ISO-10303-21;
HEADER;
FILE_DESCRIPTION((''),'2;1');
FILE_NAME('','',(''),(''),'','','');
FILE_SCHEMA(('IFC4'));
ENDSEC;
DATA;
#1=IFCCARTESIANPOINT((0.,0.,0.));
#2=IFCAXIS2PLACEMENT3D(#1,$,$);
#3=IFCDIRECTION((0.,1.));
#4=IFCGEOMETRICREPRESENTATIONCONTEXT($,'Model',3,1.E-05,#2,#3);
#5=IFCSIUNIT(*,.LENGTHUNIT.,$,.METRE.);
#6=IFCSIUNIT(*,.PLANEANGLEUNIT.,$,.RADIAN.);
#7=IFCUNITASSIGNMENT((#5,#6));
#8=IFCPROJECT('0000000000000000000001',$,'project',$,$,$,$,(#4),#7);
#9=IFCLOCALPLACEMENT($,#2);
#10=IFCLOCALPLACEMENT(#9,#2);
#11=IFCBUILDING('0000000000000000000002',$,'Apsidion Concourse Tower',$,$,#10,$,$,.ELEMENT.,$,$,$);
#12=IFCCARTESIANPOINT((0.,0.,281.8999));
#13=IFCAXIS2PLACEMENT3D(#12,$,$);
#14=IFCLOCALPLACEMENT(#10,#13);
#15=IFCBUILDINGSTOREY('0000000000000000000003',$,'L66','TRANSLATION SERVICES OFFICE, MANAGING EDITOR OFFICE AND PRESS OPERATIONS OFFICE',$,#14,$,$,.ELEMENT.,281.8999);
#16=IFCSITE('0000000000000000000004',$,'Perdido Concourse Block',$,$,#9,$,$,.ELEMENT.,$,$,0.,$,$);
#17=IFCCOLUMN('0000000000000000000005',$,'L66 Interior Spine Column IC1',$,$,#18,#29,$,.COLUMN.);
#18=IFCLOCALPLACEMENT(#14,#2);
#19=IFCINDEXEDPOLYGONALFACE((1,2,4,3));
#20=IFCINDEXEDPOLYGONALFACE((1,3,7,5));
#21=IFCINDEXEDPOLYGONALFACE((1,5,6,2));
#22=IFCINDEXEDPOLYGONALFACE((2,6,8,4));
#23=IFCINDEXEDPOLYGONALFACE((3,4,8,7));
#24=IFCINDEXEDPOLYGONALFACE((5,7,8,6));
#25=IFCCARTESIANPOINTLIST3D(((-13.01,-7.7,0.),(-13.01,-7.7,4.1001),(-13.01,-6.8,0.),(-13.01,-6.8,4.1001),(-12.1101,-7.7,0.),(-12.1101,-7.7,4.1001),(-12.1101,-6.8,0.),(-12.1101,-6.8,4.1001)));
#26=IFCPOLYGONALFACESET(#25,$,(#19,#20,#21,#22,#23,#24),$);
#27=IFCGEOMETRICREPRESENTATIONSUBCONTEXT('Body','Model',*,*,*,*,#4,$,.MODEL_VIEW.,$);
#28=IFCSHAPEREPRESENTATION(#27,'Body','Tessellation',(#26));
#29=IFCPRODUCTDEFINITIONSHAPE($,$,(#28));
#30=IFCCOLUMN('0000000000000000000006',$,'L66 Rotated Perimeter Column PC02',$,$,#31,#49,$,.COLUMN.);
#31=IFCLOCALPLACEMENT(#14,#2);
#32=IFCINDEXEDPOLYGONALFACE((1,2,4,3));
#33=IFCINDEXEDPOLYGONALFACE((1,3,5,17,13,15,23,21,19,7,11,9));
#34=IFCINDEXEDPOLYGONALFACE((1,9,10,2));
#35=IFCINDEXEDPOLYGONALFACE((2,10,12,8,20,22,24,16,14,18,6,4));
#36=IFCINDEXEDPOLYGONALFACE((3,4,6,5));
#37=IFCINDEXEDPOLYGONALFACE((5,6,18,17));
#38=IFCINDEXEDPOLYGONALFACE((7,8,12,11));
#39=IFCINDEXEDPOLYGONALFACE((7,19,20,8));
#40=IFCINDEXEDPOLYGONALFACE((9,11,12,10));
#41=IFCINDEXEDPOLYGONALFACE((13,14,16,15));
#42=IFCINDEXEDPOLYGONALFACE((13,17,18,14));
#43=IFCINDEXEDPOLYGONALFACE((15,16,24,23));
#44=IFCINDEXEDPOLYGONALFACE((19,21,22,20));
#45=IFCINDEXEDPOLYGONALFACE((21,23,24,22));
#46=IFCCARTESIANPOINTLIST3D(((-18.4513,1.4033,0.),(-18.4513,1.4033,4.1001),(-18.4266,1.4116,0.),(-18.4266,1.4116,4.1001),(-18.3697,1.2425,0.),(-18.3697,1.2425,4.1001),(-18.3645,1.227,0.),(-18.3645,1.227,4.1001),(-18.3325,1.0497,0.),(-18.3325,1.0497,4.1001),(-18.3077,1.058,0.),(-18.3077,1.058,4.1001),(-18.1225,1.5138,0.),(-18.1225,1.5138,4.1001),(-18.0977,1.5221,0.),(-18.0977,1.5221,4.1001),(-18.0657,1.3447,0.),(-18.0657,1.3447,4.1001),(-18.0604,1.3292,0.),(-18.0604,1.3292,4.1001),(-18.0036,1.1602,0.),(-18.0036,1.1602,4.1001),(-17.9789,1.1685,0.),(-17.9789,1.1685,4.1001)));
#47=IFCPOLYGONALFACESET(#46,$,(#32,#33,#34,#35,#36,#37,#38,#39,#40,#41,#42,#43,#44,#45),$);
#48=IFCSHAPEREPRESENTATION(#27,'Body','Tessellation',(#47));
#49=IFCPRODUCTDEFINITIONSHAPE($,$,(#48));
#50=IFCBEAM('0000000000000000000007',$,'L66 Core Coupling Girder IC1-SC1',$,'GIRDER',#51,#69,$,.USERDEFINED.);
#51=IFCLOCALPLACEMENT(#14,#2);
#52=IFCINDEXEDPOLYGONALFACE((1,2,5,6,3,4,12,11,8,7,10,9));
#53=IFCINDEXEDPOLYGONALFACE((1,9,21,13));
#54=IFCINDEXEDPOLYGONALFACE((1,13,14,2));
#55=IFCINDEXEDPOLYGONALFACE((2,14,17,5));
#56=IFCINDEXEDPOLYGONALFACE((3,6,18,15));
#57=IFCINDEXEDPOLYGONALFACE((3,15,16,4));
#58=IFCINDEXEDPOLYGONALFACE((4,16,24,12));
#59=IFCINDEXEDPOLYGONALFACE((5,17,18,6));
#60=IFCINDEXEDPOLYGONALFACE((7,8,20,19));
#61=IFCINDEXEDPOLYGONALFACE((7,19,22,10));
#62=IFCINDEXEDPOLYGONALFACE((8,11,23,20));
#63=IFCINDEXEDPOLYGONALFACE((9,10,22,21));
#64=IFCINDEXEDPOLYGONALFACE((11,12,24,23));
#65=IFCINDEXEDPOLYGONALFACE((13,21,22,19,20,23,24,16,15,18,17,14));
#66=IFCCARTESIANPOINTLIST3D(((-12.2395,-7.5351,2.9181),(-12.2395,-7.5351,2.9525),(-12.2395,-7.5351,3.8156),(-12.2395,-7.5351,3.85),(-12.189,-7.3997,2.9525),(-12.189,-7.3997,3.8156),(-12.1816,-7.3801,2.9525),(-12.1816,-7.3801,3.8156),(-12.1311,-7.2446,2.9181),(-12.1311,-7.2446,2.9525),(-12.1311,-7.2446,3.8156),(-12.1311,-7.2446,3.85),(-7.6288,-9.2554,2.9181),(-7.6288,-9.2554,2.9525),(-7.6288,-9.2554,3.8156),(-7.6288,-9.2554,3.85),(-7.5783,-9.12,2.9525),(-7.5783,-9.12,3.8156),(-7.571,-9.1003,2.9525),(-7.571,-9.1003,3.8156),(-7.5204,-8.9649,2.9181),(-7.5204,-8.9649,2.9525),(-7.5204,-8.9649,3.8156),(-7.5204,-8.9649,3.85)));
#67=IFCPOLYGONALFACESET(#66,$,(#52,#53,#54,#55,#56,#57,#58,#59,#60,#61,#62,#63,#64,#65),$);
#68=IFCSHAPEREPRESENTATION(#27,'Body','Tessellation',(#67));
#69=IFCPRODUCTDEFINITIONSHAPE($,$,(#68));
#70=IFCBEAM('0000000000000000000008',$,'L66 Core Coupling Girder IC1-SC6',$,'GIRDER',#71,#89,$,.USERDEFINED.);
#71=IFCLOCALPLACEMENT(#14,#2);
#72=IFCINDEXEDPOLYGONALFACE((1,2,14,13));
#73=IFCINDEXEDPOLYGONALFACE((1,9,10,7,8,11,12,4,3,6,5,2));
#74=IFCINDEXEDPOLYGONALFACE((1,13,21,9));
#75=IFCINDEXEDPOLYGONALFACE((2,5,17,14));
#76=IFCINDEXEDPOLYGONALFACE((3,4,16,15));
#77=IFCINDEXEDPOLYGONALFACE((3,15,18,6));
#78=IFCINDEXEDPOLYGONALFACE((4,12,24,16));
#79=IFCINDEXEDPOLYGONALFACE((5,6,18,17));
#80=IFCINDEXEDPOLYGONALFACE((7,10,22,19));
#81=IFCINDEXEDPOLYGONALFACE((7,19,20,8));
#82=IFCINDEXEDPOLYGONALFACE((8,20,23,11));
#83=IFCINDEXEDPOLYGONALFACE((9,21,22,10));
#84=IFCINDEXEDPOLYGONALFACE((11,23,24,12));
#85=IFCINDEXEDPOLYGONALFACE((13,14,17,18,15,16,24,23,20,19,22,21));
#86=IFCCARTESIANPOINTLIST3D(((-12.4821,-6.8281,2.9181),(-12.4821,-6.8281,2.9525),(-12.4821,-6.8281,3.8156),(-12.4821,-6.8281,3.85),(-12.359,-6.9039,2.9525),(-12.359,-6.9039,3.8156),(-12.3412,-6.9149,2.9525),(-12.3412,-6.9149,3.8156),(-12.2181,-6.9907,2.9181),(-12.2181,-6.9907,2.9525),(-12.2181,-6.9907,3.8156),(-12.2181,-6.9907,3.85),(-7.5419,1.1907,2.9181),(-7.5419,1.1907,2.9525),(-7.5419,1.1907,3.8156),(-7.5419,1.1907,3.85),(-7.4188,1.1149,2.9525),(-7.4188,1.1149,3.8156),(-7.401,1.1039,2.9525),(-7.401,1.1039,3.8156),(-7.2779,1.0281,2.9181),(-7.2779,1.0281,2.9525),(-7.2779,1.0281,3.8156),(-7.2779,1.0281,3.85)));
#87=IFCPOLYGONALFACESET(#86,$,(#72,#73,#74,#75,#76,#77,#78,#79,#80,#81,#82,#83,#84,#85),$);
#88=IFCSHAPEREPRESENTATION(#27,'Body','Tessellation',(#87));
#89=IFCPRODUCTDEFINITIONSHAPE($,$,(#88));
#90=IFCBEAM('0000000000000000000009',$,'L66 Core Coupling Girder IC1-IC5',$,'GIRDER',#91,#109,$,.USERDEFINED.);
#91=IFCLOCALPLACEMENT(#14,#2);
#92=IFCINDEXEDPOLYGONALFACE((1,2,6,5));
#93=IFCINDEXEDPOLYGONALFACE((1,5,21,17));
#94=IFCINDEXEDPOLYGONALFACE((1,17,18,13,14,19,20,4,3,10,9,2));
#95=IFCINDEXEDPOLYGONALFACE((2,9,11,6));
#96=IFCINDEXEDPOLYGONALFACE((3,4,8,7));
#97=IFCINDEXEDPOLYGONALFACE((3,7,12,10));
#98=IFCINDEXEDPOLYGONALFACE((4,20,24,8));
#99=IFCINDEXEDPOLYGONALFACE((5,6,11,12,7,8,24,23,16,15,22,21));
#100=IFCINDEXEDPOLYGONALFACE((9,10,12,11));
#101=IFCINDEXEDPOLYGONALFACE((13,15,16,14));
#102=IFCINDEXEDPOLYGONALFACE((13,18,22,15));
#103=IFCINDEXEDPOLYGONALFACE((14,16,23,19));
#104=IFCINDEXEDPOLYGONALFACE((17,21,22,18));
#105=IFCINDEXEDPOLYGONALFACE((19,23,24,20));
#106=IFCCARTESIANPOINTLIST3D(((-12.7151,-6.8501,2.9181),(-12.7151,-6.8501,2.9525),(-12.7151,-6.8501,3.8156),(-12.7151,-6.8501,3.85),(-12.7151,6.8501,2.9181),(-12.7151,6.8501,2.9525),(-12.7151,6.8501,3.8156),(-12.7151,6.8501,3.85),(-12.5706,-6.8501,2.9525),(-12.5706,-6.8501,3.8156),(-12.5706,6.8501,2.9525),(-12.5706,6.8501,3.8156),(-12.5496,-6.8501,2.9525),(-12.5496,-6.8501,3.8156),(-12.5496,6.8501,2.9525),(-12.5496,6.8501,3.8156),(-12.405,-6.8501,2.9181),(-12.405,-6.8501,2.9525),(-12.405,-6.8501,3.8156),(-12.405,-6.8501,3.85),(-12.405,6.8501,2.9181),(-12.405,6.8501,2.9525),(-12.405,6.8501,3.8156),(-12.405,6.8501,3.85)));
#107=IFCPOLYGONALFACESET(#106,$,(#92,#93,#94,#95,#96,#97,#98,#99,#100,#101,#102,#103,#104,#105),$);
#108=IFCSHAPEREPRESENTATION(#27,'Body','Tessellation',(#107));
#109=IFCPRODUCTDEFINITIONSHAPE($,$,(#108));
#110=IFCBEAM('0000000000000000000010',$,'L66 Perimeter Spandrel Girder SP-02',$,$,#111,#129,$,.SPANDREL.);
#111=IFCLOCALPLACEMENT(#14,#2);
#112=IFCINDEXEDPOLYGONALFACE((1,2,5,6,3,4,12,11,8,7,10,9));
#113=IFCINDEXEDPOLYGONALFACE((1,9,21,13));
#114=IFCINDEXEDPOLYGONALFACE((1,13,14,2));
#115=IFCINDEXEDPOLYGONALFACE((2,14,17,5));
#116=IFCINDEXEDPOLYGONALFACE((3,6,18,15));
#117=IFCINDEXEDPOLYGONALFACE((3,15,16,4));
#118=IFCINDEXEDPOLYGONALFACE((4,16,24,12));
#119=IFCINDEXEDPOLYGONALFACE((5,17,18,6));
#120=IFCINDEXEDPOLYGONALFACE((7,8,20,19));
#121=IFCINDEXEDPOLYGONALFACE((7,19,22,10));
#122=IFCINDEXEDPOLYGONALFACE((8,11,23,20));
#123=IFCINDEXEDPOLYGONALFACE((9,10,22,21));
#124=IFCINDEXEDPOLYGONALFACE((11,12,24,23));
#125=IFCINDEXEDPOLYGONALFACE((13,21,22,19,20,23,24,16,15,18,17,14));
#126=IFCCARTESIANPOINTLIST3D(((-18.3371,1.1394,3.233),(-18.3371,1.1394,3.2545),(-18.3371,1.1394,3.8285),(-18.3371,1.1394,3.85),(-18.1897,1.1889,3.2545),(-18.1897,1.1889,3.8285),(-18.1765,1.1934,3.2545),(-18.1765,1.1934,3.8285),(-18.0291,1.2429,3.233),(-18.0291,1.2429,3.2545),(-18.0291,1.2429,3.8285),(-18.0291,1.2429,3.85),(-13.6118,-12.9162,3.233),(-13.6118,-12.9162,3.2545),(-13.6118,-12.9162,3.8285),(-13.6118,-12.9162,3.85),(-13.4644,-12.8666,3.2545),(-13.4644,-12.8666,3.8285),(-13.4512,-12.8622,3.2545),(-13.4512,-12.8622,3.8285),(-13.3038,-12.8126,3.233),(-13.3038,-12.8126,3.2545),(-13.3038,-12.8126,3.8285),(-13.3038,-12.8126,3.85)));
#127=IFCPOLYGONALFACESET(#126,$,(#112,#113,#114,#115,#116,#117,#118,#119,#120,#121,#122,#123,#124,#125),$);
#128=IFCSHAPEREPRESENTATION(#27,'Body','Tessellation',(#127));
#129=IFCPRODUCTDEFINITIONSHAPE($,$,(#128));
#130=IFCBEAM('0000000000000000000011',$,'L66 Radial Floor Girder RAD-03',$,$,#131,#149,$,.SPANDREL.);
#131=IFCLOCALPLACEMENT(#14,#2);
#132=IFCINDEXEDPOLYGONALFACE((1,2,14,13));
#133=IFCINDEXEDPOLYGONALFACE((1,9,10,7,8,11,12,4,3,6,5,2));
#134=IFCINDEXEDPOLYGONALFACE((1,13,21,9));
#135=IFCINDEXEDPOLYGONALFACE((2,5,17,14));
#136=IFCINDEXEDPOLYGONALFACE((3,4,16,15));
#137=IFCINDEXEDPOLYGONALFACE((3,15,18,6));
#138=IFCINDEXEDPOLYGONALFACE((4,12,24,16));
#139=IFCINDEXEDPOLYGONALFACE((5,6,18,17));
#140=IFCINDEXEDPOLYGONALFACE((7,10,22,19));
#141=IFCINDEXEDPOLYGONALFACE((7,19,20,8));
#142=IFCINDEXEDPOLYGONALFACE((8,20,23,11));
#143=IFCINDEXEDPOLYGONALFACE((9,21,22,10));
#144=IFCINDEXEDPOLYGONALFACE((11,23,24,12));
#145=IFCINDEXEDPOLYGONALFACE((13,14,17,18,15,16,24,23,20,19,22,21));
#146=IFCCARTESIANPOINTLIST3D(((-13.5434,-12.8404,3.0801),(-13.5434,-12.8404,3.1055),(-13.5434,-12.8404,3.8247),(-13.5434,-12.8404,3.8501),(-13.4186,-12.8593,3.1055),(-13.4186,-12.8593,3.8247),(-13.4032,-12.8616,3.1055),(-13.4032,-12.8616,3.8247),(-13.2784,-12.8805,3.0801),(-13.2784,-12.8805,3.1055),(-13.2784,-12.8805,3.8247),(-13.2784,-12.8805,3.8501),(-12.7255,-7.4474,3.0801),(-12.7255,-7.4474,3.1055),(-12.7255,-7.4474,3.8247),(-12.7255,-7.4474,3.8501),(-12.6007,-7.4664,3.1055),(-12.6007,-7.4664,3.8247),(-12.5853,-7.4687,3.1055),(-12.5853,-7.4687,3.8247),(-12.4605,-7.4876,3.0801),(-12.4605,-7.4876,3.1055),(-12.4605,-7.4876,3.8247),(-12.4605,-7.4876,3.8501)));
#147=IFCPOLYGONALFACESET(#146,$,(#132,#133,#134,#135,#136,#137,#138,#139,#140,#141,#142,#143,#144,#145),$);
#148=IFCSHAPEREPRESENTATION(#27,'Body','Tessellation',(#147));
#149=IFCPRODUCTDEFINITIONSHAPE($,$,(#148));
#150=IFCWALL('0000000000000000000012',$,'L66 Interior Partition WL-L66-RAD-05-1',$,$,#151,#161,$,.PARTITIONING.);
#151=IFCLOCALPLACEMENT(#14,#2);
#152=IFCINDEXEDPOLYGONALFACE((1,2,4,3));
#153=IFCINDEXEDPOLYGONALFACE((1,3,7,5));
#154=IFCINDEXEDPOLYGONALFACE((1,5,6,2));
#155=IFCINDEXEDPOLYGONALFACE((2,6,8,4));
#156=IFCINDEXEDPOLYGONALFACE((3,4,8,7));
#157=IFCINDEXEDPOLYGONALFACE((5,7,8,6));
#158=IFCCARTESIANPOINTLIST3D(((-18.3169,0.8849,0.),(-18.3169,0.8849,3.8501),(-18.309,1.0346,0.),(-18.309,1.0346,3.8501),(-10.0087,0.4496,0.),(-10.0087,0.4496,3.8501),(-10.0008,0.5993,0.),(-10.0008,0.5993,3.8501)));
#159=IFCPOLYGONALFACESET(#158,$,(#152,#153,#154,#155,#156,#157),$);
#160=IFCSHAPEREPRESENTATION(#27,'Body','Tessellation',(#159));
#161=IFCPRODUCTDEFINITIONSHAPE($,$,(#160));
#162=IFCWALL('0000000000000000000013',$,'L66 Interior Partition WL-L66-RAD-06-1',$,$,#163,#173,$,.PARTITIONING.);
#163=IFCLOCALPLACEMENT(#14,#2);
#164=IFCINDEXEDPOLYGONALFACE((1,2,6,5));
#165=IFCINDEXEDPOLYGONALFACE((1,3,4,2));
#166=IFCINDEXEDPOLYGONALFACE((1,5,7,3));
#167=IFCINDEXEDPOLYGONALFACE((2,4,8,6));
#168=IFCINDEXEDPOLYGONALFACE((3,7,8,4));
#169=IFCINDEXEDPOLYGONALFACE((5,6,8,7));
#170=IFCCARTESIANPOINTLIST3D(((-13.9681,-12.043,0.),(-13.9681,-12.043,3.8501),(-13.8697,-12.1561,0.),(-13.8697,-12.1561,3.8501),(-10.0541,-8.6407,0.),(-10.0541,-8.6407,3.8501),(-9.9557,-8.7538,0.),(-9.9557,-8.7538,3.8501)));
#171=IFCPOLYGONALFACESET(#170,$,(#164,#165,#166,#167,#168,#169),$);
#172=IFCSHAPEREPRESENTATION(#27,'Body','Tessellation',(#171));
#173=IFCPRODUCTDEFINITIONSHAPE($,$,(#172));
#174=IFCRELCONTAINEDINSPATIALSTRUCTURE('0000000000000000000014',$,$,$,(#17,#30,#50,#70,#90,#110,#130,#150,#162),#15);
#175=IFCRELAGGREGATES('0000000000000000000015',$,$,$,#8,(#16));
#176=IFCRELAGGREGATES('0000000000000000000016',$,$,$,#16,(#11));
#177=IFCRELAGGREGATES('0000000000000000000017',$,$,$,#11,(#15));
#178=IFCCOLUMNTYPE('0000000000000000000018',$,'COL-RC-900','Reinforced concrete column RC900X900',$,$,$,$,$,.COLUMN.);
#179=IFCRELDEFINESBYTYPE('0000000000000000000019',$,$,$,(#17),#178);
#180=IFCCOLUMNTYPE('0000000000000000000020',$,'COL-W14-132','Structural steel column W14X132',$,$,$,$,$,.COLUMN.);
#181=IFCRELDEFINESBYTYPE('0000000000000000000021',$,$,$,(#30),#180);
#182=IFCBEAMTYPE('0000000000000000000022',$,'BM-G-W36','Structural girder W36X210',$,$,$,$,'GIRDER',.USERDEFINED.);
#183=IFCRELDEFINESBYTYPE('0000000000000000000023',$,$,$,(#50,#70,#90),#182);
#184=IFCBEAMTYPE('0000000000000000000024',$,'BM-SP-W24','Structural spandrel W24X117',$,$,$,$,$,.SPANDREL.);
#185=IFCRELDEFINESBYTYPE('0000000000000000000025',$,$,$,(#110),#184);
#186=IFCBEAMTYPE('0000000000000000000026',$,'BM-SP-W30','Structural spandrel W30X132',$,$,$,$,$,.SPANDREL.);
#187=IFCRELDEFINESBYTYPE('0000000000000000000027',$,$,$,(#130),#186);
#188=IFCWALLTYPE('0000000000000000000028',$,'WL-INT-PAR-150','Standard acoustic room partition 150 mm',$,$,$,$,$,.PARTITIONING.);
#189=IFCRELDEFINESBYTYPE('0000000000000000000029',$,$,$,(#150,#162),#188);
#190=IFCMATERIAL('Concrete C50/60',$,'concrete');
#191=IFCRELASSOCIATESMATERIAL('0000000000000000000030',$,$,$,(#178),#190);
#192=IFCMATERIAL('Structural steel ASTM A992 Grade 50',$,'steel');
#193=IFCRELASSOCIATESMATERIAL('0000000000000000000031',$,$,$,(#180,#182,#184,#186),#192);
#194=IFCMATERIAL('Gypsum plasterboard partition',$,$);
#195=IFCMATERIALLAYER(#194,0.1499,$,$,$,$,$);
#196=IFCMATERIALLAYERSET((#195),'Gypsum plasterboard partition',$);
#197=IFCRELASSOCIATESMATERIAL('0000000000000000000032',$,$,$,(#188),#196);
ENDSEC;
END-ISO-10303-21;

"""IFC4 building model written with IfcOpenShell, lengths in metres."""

from ifc_helpers import new_model, si_unit, direction, frame, frame_2d, origin, origin_2d, place, context, subcontext, project, spatial, rectangle, i_section, extrude, material, layer, layer_set, material_profile, profile_set, type_object, element, save


model = new_model("IFC4")

# Units and contexts
model_context = context("Model", 3, precision=1e-05, world=origin(), true_north=direction((0.0, 1.0)))
body_context = subcontext(model_context, "Body", "Model", "MODEL_VIEW")
ifc_project = project(units=[si_unit("LENGTHUNIT", "METRE"), si_unit("PLANEANGLEUNIT", "RADIAN")], contexts=[model_context])

# Site, building, storey
site_placement = place(None, origin())
site = spatial("IfcSite", under=ifc_project, at=site_placement, Name="Perdido Concourse Block", CompositionType="ELEMENT", RefElevation=0.0)
building_placement = place(site_placement, origin())
building = spatial("IfcBuilding", under=site, at=building_placement, Name="Apsidion Concourse Tower", CompositionType="ELEMENT")
storey_placement = place(building_placement, frame((0.0, 0.0, 281.8999)))
storey = spatial("IfcBuildingStorey", under=building, at=storey_placement, Name="L66", Description="TRANSLATION SERVICES OFFICE, MANAGING EDITOR OFFICE AND PRESS OPERATIONS OFFICE", CompositionType="ELEMENT", Elevation=281.8999)

# Columns
ifc_material_1 = material(Name="Concrete C50/60", Category="concrete")
ifc_material_profile_1 = material_profile(ifc_material_1, rectangle(XDim=0.8999, YDim=0.8999, at=origin_2d()), Name="RC 900x900")
ifc_profile_set_1 = profile_set([ifc_material_profile_1], Name="Concrete C50/60")
column_type_1 = type_object("IfcColumnType", Name="COL-RC-900", Description="Reinforced concrete column RC900X900", PredefinedType="COLUMN", material=ifc_profile_set_1)
column_1_placement = place(storey_placement, frame((-12.5601, -7.25, 0.0), z_axis=(0.0, 0.0, 1.0), x_axis=(1.0, 0.0, 0.0)))
element("IfcColumn", 1, at=column_1_placement, inside=storey, type_object=column_type_1, Name="L66 Interior Spine Column IC1", PredefinedType="COLUMN", context=body_context, shape_type="SweptSolid", body=[
    extrude(rectangle(XDim=0.8999, YDim=0.8999, at=origin_2d()), origin(), (0.0, 0.0, 1.0), 4.1001),
])
ifc_material_2 = material(Name="Structural steel ASTM A992 Grade 50", Category="steel")
ifc_material_profile_2 = material_profile(ifc_material_2, i_section(OverallWidth=0.373, OverallDepth=0.373, WebThickness=0.0164, FlangeThickness=0.0261, at=origin_2d()), Name="W14X132")
ifc_profile_set_2 = profile_set([ifc_material_profile_2], Name="Structural steel ASTM A992 Grade 50")
column_type_2 = type_object("IfcColumnType", Name="COL-W14-132", Description="Structural steel column W14X132", PredefinedType="COLUMN", material=ifc_profile_set_2)
column_2_placement = place(storey_placement, frame((-18.2151, 1.2859, 0.0), z_axis=(0.0, 0.0, 1.0), x_axis=(-0.318628, 0.94788, 0.0)))
element("IfcColumn", 2, at=column_2_placement, inside=storey, type_object=column_type_2, Name="L66 Rotated Perimeter Column PC02", PredefinedType="COLUMN", context=body_context, shape_type="SweptSolid", body=[
    extrude(i_section(OverallWidth=0.373, OverallDepth=0.373, WebThickness=0.0164, FlangeThickness=0.0261, at=origin_2d()), origin(), (0.0, 0.0, 1.0), 4.1001),
])

# Beams
ifc_material_profile_3 = material_profile(ifc_material_2, i_section(OverallWidth=0.3101, OverallDepth=0.9319, WebThickness=0.021, FlangeThickness=0.0344, at=origin_2d()), Name="W36X210")
ifc_profile_set_3 = profile_set([ifc_material_profile_3], Name="Structural steel ASTM A992 Grade 50")
beam_type_1 = type_object("IfcBeamType", Name="BM-G-W36", Description="Structural girder W36X210", ElementType="GIRDER", PredefinedType="USERDEFINED", material=ifc_profile_set_3)
beam_1_placement = place(storey_placement, frame((-12.1853, -7.3899, 3.384), z_axis=(0.936913, -0.349563, 0.0), x_axis=(0.349563, 0.936913, 0.0)))
element("IfcBeam", 3, at=beam_1_placement, inside=storey, type_object=beam_type_1, Name="L66 Core Coupling Girder IC1-SC1", ObjectType="GIRDER", PredefinedType="USERDEFINED", context=body_context, shape_type="SweptSolid", body=[
    extrude(i_section(OverallWidth=0.3101, OverallDepth=0.9319, WebThickness=0.021, FlangeThickness=0.0344, at=origin_2d()), origin(), (0.0, 0.0, 1.0), 4.9211),
])
beam_2_placement = place(storey_placement, frame((-12.3501, -6.9094, 3.384), z_axis=(0.524524, 0.851396, 0.0), x_axis=(-0.851396, 0.524524, 0.0)))
element("IfcBeam", 4, at=beam_2_placement, inside=storey, type_object=beam_type_1, Name="L66 Core Coupling Girder IC1-SC6", ObjectType="GIRDER", PredefinedType="USERDEFINED", context=body_context, shape_type="SweptSolid", body=[
    extrude(i_section(OverallWidth=0.3101, OverallDepth=0.9319, WebThickness=0.021, FlangeThickness=0.0344, at=origin_2d()), origin(), (0.0, 0.0, 1.0), 9.4185),
])
beam_3_placement = place(storey_placement, frame((-12.5601, -6.8501, 3.384), z_axis=(0.0, 1.0, 0.0), x_axis=(-1.0, 0.0, 0.0)))
element("IfcBeam", 5, at=beam_3_placement, inside=storey, type_object=beam_type_1, Name="L66 Core Coupling Girder IC1-IC5", ObjectType="GIRDER", PredefinedType="USERDEFINED", context=body_context, shape_type="SweptSolid", body=[
    extrude(i_section(OverallWidth=0.3101, OverallDepth=0.9319, WebThickness=0.021, FlangeThickness=0.0344, at=origin_2d()), origin(), (0.0, 0.0, 1.0), 13.7002),
])
ifc_material_profile_4 = material_profile(ifc_material_2, i_section(OverallWidth=0.325, OverallDepth=0.6169, WebThickness=0.0139, FlangeThickness=0.0215, at=origin_2d()), Name="W24X117")
ifc_profile_set_4 = profile_set([ifc_material_profile_4], Name="Structural steel ASTM A992 Grade 50")
beam_type_2 = type_object("IfcBeamType", Name="BM-SP-W24", Description="Structural spandrel W24X117", PredefinedType="SPANDREL", material=ifc_profile_set_4)
beam_4_placement = place(storey_placement, frame((-18.1831, 1.1912, 3.5415), z_axis=(0.318662, -0.947868, 0.0), x_axis=(0.947868, 0.318662, 0.0)))
element("IfcBeam", 6, at=beam_4_placement, inside=storey, type_object=beam_type_2, Name="L66 Perimeter Spandrel Girder SP-02", PredefinedType="SPANDREL", context=body_context, shape_type="SweptSolid", body=[
    extrude(i_section(OverallWidth=0.325, OverallDepth=0.6169, WebThickness=0.0139, FlangeThickness=0.0215, at=origin_2d()), origin(), (0.0, 0.0, 1.0), 14.8286),
])
ifc_material_profile_5 = material_profile(ifc_material_2, i_section(OverallWidth=0.2681, OverallDepth=0.77, WebThickness=0.0156, FlangeThickness=0.0254, at=origin_2d()), Name="W30X132")
ifc_profile_set_5 = profile_set([ifc_material_profile_5], Name="Structural steel ASTM A992 Grade 50")
beam_type_3 = type_object("IfcBeamType", Name="BM-SP-W30", Description="Structural spandrel W30X132", PredefinedType="SPANDREL", material=ifc_profile_set_5)
beam_5_placement = place(storey_placement, frame((-12.593, -7.4675, 3.4651), z_axis=(-0.149945, -0.988694, 0.0), x_axis=(0.988694, -0.149945, 0.0)))
element("IfcBeam", 7, at=beam_5_placement, inside=storey, type_object=beam_type_3, Name="L66 Radial Floor Girder RAD-03", PredefinedType="SPANDREL", context=body_context, shape_type="SweptSolid", body=[
    extrude(i_section(OverallWidth=0.2681, OverallDepth=0.77, WebThickness=0.0156, FlangeThickness=0.0254, at=origin_2d()), origin(), (0.0, 0.0, 1.0), 5.4546),
])

# Walls
ifc_material_3 = material(Name="Gypsum plasterboard partition")
ifc_layer_1 = layer(ifc_material_3, 0.1499)
ifc_layer_set_1 = layer_set([ifc_layer_1], Name="Gypsum plasterboard partition")
wall_type_1 = type_object("IfcWallType", Name="WL-INT-PAR-150", Description="Standard acoustic room partition 150 mm", PredefinedType="PARTITIONING", material=ifc_layer_set_1)
wall_1_placement = place(storey_placement, frame((-10.0049, 0.5244, 0.0), z_axis=(0.0, 0.0, 1.0), x_axis=(-0.99863, 0.052323, 0.0)))
element("IfcWall", 8, at=wall_1_placement, inside=storey, type_object=wall_type_1, Name="L66 Interior Partition WL-L66-RAD-05-1", PredefinedType="PARTITIONING", context=body_context, shape_type="SweptSolid", body=[
    extrude(rectangle(XDim=8.3196, YDim=0.1499, at=frame_2d((4.1597, 0.0))), origin(), (0.0, 0.0, 1.0), 3.8501),
])
wall_2_placement = place(storey_placement, frame((-10.0049, -8.6973, 0.0), z_axis=(0.0, 0.0, 1.0), x_axis=(-0.754719, -0.656048, 0.0)))
element("IfcWall", 9, at=wall_2_placement, inside=storey, type_object=wall_type_1, Name="L66 Interior Partition WL-L66-RAD-06-1", PredefinedType="PARTITIONING", context=body_context, shape_type="SweptSolid", body=[
    extrude(rectangle(XDim=5.186, YDim=0.1499, at=frame_2d((2.593, 0.0))), origin(), (0.0, 0.0, 1.0), 3.8501),
])

save(model, "model.ifc")
